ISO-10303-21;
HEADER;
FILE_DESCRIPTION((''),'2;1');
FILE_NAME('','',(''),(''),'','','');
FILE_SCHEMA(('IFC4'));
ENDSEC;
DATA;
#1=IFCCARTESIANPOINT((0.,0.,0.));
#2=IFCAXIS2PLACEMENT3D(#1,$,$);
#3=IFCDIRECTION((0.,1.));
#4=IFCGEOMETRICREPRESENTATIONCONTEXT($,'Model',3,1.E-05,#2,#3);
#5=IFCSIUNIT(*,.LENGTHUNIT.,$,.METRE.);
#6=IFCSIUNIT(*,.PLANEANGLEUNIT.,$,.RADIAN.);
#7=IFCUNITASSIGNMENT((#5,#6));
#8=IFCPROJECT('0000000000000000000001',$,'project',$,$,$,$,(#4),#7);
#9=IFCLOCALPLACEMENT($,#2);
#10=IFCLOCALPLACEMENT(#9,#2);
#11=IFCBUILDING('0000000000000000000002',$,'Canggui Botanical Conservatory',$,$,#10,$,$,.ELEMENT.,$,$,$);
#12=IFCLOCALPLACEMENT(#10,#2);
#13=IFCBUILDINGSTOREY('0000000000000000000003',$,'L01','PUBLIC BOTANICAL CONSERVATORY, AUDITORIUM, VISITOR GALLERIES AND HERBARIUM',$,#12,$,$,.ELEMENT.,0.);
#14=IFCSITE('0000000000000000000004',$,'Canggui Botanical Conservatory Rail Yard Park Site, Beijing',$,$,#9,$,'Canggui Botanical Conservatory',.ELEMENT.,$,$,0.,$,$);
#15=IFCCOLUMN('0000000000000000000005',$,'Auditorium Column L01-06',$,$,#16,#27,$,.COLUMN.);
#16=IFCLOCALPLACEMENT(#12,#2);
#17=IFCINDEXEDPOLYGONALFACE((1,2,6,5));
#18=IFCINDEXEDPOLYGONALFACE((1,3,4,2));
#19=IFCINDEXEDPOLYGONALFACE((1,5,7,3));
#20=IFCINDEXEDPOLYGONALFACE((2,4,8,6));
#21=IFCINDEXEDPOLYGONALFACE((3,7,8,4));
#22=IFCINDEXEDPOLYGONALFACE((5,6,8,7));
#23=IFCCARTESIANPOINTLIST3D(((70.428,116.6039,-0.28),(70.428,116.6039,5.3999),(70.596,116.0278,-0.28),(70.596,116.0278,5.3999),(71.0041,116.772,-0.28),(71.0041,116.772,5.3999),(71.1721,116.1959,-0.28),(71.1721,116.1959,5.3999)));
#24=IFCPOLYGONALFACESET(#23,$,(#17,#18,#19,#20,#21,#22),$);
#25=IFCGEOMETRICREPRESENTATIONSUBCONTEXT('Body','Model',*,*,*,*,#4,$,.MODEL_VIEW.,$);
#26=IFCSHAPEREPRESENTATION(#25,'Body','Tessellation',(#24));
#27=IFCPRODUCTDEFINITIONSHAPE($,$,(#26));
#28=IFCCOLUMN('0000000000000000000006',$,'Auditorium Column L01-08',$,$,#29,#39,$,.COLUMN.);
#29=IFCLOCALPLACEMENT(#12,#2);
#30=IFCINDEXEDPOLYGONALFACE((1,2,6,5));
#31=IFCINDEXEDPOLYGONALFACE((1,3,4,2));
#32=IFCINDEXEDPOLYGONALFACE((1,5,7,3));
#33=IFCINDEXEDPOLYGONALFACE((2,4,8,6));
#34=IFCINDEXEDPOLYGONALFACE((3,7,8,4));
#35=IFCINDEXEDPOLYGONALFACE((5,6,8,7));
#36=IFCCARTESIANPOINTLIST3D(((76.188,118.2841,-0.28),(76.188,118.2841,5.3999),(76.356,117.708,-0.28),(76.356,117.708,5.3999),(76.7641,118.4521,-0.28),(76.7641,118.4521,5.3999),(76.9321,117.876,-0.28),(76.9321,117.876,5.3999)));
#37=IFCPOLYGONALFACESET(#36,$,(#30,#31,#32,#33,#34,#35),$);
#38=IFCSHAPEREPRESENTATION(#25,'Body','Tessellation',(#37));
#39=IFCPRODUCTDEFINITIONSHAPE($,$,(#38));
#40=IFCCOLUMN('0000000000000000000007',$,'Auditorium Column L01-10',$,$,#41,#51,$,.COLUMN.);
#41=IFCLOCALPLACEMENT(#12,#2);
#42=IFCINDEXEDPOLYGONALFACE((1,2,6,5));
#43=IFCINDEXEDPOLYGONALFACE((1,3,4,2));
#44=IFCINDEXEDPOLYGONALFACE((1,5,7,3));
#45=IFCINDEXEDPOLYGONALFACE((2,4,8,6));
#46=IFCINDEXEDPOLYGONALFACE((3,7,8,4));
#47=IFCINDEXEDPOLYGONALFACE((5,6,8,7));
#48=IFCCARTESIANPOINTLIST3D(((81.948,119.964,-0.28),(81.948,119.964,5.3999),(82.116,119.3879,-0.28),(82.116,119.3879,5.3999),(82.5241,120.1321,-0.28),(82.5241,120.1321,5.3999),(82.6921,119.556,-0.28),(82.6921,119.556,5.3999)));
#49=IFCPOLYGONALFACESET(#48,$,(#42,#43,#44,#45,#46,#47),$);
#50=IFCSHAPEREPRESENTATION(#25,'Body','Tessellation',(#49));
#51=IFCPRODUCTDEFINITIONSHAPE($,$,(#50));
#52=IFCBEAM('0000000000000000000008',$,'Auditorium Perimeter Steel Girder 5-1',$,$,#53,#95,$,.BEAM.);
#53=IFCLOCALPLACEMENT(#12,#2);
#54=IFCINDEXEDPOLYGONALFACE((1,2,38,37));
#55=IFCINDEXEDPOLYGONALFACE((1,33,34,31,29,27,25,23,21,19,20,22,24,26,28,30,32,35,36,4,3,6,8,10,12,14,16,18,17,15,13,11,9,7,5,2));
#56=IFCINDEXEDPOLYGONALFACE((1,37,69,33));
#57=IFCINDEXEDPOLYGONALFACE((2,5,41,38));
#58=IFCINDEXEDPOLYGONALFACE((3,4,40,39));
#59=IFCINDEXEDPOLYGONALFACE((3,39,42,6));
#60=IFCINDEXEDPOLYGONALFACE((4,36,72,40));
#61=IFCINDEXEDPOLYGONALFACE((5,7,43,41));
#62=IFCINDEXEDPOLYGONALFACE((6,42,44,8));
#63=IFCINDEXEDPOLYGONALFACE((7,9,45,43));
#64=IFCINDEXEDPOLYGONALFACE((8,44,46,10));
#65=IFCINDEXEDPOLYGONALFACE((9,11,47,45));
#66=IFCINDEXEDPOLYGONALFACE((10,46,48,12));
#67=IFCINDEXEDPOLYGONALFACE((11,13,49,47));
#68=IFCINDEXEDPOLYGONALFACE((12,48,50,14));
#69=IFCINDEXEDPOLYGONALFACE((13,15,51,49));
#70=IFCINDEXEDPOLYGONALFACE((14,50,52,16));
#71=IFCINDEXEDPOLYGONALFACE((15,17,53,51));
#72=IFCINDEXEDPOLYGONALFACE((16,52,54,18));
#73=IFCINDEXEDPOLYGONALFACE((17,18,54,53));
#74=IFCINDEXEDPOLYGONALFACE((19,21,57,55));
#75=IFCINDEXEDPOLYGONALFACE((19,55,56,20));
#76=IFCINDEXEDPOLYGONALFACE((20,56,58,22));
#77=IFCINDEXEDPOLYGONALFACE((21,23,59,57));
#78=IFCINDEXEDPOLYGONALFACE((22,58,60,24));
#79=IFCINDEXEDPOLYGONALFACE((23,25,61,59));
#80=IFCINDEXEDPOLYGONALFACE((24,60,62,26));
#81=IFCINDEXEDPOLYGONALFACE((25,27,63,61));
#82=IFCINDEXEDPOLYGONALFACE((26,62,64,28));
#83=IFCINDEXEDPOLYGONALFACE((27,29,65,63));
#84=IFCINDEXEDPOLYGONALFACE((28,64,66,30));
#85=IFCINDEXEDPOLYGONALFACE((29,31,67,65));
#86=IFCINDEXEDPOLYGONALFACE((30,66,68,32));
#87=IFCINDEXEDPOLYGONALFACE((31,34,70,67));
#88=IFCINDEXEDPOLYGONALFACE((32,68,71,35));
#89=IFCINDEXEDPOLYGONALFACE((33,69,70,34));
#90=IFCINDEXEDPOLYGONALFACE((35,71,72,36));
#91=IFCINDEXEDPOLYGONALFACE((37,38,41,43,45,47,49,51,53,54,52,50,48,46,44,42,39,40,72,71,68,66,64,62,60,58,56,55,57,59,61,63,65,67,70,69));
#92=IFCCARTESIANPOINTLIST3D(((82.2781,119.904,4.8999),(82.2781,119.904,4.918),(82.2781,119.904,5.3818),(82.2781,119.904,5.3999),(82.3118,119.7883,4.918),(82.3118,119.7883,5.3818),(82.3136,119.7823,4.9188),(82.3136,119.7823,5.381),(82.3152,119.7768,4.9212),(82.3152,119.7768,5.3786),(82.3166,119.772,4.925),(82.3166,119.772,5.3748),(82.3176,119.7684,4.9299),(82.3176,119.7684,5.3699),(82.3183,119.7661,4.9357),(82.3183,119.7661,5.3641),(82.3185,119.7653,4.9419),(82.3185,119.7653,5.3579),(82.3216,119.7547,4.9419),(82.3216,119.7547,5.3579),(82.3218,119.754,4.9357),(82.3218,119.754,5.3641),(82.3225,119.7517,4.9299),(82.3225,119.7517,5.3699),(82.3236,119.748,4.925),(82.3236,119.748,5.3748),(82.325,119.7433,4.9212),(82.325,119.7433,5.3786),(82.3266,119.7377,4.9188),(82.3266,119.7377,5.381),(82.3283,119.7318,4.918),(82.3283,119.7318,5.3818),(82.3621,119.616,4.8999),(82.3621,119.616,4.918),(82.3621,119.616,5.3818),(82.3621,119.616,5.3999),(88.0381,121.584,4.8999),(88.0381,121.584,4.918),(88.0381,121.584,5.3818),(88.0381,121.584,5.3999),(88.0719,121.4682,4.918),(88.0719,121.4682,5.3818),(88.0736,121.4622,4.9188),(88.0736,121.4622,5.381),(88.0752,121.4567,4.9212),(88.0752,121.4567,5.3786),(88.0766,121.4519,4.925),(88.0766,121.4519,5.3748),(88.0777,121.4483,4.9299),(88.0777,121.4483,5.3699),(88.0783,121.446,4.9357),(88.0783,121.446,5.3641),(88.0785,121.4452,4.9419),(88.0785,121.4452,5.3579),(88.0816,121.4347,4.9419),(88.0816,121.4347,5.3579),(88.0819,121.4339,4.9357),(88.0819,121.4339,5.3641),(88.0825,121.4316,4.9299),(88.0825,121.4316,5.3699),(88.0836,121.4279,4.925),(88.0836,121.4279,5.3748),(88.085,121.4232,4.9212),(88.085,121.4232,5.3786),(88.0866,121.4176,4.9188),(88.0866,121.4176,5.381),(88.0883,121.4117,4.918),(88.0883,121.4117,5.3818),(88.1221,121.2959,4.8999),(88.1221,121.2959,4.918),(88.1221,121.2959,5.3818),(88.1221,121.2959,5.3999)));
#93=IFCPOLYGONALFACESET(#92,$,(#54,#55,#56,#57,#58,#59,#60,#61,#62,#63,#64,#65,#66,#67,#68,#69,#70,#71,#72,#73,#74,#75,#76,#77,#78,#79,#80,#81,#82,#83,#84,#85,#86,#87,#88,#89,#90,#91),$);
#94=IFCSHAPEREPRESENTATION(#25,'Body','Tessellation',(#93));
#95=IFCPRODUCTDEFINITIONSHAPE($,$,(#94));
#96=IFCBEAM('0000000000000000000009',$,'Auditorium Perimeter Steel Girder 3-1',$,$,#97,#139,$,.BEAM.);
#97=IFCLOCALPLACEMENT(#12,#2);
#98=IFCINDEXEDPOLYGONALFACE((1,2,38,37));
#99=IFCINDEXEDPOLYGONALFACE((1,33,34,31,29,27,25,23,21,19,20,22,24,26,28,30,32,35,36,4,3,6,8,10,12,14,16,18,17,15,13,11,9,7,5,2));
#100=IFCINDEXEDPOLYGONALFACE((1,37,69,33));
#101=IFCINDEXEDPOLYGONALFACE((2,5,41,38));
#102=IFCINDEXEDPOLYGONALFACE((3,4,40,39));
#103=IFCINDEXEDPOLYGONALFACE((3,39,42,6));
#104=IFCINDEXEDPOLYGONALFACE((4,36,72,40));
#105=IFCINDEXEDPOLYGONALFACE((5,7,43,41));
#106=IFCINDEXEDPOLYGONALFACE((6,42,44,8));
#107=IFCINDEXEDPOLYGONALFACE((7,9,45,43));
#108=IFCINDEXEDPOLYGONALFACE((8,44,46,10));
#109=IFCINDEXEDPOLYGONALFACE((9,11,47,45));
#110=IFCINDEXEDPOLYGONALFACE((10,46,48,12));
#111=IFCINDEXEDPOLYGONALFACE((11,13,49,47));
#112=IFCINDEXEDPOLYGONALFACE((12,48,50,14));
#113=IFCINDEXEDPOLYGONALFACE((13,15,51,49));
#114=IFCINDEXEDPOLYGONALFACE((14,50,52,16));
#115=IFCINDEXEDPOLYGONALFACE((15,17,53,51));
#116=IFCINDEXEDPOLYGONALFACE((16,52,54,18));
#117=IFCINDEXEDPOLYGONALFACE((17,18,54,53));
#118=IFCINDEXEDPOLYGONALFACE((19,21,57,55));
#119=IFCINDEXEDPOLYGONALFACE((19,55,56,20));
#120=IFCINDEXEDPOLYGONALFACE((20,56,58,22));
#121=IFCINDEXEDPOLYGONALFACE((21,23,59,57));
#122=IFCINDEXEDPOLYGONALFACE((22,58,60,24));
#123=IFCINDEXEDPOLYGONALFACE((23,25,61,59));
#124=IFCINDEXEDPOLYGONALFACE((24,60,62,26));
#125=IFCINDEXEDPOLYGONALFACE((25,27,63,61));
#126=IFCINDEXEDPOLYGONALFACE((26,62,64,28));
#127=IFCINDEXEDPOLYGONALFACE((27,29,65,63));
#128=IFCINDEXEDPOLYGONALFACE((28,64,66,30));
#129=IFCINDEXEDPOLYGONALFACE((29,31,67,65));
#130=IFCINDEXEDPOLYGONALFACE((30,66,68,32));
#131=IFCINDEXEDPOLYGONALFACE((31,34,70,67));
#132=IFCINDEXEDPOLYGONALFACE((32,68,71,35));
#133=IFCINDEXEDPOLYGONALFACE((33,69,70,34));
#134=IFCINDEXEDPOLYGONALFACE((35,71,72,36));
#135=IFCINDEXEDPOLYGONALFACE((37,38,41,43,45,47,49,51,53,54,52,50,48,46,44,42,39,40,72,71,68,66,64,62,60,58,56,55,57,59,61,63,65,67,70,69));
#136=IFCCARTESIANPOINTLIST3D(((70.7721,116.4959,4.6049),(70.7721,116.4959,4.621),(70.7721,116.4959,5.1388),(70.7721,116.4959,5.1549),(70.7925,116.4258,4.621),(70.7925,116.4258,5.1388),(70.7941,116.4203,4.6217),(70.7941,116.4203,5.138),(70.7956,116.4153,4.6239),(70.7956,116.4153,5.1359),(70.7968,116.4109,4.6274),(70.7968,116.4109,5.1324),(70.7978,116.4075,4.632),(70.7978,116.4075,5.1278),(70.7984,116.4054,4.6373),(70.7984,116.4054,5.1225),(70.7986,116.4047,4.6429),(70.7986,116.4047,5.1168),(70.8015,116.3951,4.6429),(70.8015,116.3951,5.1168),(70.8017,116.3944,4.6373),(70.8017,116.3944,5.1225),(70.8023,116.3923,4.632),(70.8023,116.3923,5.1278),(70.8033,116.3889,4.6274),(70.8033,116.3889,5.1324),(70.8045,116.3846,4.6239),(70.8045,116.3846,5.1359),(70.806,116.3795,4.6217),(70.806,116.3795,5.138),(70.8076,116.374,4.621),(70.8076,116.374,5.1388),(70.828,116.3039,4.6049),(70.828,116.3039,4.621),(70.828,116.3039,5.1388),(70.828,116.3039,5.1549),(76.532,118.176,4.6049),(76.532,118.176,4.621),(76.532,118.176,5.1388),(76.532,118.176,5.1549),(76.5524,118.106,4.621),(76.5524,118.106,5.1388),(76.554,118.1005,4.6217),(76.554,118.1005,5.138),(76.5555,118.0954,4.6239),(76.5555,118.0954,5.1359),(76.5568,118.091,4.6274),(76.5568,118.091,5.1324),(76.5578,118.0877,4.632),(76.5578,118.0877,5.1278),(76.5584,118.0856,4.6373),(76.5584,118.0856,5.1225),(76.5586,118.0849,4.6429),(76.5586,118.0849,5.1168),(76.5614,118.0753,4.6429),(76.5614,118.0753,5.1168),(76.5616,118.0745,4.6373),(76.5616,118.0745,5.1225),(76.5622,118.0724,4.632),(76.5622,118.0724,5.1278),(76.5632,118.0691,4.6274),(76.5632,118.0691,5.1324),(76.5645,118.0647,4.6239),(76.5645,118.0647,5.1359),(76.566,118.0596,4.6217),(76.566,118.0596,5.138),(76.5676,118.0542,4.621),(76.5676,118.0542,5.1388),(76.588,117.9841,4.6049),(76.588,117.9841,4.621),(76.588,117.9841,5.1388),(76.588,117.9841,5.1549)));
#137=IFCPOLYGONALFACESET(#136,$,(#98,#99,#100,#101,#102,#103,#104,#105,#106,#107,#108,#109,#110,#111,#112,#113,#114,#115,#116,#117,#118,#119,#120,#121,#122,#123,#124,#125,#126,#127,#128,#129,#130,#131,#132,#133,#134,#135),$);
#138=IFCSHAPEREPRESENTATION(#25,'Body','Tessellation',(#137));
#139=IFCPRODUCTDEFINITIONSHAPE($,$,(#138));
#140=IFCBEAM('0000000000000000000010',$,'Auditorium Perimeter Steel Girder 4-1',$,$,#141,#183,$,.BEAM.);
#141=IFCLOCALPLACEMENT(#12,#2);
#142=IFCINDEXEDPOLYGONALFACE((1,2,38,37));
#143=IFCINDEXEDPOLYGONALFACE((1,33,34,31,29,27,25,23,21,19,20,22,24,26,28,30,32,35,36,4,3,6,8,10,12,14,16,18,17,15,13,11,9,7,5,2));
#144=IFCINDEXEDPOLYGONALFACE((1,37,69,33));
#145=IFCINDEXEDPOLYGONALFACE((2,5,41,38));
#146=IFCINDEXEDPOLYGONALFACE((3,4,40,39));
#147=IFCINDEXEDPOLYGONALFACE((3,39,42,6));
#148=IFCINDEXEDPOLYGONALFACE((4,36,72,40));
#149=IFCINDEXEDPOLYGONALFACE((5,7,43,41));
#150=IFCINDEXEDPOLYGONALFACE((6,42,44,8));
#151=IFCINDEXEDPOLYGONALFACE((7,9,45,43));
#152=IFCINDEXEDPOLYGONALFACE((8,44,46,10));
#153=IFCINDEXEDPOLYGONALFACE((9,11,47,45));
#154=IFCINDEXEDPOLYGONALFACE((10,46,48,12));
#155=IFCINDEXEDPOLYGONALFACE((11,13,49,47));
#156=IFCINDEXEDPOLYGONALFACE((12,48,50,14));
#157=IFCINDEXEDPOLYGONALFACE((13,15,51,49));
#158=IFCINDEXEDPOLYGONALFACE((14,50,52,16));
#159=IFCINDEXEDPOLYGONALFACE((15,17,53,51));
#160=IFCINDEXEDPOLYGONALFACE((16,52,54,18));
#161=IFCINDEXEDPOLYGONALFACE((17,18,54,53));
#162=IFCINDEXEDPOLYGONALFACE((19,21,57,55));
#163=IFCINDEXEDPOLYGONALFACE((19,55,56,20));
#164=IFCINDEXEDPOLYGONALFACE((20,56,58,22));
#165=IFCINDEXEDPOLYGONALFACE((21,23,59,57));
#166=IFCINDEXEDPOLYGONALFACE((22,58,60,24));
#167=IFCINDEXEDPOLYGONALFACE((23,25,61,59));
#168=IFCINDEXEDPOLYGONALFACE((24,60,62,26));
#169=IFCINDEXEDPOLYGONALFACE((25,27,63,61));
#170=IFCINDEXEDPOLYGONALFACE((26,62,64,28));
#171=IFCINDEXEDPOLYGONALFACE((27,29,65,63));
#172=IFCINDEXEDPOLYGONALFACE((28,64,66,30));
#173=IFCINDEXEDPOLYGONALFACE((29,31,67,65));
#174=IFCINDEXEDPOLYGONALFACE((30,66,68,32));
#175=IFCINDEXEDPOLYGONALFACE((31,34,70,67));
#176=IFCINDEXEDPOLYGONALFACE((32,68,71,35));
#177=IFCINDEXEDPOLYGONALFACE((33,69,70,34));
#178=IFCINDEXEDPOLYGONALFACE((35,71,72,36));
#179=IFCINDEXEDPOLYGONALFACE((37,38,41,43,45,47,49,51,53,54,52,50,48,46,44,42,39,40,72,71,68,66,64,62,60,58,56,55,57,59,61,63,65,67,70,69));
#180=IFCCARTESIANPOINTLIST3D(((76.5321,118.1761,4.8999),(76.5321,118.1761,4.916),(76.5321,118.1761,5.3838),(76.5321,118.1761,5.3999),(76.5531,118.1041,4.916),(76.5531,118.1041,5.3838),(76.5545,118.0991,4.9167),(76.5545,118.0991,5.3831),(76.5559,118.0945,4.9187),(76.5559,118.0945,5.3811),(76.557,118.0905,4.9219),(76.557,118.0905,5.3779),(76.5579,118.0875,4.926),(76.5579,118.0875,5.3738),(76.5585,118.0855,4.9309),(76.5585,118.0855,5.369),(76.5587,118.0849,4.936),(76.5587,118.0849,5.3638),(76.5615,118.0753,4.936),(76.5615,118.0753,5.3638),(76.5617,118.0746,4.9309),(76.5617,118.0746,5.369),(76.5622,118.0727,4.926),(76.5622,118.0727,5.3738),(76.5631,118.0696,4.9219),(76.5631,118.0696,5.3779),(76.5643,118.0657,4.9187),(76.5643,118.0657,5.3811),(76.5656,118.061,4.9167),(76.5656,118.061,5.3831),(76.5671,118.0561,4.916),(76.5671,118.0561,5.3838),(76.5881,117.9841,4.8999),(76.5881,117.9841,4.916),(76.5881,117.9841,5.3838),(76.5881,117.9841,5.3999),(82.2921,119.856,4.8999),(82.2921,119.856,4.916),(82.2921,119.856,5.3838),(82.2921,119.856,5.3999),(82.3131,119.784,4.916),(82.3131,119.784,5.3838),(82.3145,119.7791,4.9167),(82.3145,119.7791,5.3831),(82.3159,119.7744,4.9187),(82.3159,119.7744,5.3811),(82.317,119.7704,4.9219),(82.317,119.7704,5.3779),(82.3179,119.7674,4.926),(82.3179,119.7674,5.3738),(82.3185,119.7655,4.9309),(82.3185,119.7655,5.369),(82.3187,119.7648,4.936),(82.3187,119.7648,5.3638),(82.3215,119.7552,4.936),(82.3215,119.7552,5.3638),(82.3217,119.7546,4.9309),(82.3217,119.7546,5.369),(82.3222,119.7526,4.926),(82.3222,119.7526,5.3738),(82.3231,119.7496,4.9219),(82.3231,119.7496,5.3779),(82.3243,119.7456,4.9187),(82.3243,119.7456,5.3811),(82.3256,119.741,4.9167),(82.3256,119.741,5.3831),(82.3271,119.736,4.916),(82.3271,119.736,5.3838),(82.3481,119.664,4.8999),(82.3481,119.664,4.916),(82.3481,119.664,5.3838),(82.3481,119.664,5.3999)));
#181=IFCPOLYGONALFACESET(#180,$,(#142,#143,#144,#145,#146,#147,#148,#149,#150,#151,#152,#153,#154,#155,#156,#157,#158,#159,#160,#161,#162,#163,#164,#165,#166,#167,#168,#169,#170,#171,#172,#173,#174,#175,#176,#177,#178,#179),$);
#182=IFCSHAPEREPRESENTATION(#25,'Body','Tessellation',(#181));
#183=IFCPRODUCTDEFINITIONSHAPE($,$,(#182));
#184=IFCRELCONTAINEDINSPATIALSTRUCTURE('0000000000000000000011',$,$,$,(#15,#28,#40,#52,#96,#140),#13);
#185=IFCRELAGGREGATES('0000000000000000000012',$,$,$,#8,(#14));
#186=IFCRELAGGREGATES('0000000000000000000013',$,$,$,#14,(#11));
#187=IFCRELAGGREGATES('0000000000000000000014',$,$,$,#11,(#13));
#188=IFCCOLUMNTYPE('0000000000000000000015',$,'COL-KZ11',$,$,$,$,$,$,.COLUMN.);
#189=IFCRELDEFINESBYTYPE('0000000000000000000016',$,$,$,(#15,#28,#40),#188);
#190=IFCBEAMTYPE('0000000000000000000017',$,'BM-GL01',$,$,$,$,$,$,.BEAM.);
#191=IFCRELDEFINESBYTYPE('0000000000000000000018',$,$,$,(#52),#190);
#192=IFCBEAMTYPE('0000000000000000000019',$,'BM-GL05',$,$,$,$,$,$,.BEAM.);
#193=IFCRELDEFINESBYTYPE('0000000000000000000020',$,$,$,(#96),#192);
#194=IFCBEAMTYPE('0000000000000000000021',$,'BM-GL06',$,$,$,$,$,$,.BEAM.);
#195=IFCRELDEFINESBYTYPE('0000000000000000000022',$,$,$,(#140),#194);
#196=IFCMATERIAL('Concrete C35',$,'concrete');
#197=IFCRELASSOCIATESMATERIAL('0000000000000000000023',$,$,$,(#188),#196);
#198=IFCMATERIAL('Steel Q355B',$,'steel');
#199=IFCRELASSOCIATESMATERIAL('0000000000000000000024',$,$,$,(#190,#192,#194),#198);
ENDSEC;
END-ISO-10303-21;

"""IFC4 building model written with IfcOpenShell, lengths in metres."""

from ifc_helpers import new_model, si_unit, direction, frame, origin, origin_2d, place, context, subcontext, project, spatial, rectangle, i_section, extrude, material, material_profile, profile_set, type_object, element, save


model = new_model("IFC4")

# Units and contexts
model_context = context("Model", 3, precision=1e-05, world=origin(), true_north=direction((0.0, 1.0)))
body_context = subcontext(model_context, "Body", "Model", "MODEL_VIEW")
ifc_project = project(units=[si_unit("LENGTHUNIT", "METRE"), si_unit("PLANEANGLEUNIT", "RADIAN")], contexts=[model_context])

# Site, building, storey
site_placement = place(None, origin())
site = spatial("IfcSite", under=ifc_project, at=site_placement, Name="Canggui Botanical Conservatory Rail Yard Park Site, Beijing", LongName="Canggui Botanical Conservatory", CompositionType="ELEMENT", RefElevation=0.0)
building_placement = place(site_placement, origin())
building = spatial("IfcBuilding", under=site, at=building_placement, Name="Canggui Botanical Conservatory", CompositionType="ELEMENT")
storey_placement = place(building_placement, origin())
storey = spatial("IfcBuildingStorey", under=building, at=storey_placement, Name="L01", Description="PUBLIC BOTANICAL CONSERVATORY, AUDITORIUM, VISITOR GALLERIES AND HERBARIUM", CompositionType="ELEMENT", Elevation=0.0)

# Shared definitions
ifc_material_1 = material(Name="Concrete C35", Category="concrete")

# Columns
ifc_material_profile_1 = material_profile(ifc_material_1, rectangle(XDim=0.6001, YDim=0.6001, at=origin_2d()), Name="RC 600x600")
ifc_profile_set_1 = profile_set([ifc_material_profile_1], Name="Concrete C35")
column_type = type_object("IfcColumnType", Name="COL-KZ11", PredefinedType="COLUMN", material=ifc_profile_set_1)
for number, where, z_axis, x_axis, name in (
    (1, (70.8, 116.3999, -0.28), (0.0, 0.0, 1.0), (0.96, 0.28, 0.0), "Auditorium Column L01-06"),
    (2, (76.5601, 118.0801, -0.28), (0.0, 0.0, 1.0), (0.96, 0.28, 0.0), "Auditorium Column L01-08"),
    (3, (82.3201, 119.76, -0.28), (0.0, 0.0, 1.0), (0.96, 0.28, 0.0), "Auditorium Column L01-10"),
):
    element("IfcColumn", number, at=place(storey_placement, frame(where, z_axis=z_axis, x_axis=x_axis)), inside=storey, type_object=column_type, Name=name, PredefinedType="COLUMN", context=body_context, shape_type="SweptSolid", body=[
        extrude(rectangle(XDim=0.6001, YDim=0.6001, at=origin_2d()), origin(), (0.0, 0.0, 1.0), 5.6799),
    ])

# Beams
ifc_material_2 = material(Name="Steel Q355B", Category="steel")
ifc_material_profile_2 = material_profile(ifc_material_2, i_section(OverallWidth=0.3, OverallDepth=0.5, WebThickness=0.011, FlangeThickness=0.0181, FilletRadius=0.0239, at=origin_2d()), Name="HM 500x300x11x18")
ifc_profile_set_2 = profile_set([ifc_material_profile_2], Name="Steel Q355B")
beam_type_1 = type_object("IfcBeamType", Name="BM-GL01", PredefinedType="BEAM", material=ifc_profile_set_2)
beam_1_placement = place(storey_placement, frame((82.3201, 119.76, 5.1499), z_axis=(0.960003, 0.279989, 0.0), x_axis=(-0.279989, 0.960003, 0.0)))
element("IfcBeam", 4, at=beam_1_placement, inside=storey, type_object=beam_type_1, Name="Auditorium Perimeter Steel Girder 5-1", PredefinedType="BEAM", context=body_context, shape_type="SweptSolid", body=[
    extrude(i_section(OverallWidth=0.3, OverallDepth=0.5, WebThickness=0.011, FlangeThickness=0.0181, FilletRadius=0.0239, at=origin_2d()), origin(), (0.0, 0.0, 1.0), 6.0),
])
ifc_material_profile_3 = material_profile(ifc_material_2, i_section(OverallWidth=0.2, OverallDepth=0.55, WebThickness=0.01, FlangeThickness=0.0161, FilletRadius=0.022, at=origin_2d()), Name="HN 550x200x10x16")
ifc_profile_set_3 = profile_set([ifc_material_profile_3], Name="Steel Q355B")
beam_type_2 = type_object("IfcBeamType", Name="BM-GL05", PredefinedType="BEAM", material=ifc_profile_set_3)
beam_2_placement = place(storey_placement, frame((70.8, 116.3999, 4.8799), z_axis=(0.959992, 0.280027, 0.0), x_axis=(-0.280027, 0.959992, 0.0)))
element("IfcBeam", 5, at=beam_2_placement, inside=storey, type_object=beam_type_2, Name="Auditorium Perimeter Steel Girder 3-1", PredefinedType="BEAM", context=body_context, shape_type="SweptSolid", body=[
    extrude(i_section(OverallWidth=0.2, OverallDepth=0.55, WebThickness=0.01, FlangeThickness=0.0161, FilletRadius=0.022, at=origin_2d()), origin(), (0.0, 0.0, 1.0), 6.0),
])
ifc_material_profile_4 = material_profile(ifc_material_2, i_section(OverallWidth=0.2, OverallDepth=0.5, WebThickness=0.01, FlangeThickness=0.0161, FilletRadius=0.02, at=origin_2d()), Name="HN 500x200x10x16")
ifc_profile_set_4 = profile_set([ifc_material_profile_4], Name="Steel Q355B")
beam_type_3 = type_object("IfcBeamType", Name="BM-GL06", PredefinedType="BEAM", material=ifc_profile_set_4)
beam_3_placement = place(storey_placement, frame((76.5601, 118.0801, 5.1499), z_axis=(0.960003, 0.279989, 0.0), x_axis=(-0.279989, 0.960003, 0.0)))
element("IfcBeam", 6, at=beam_3_placement, inside=storey, type_object=beam_type_3, Name="Auditorium Perimeter Steel Girder 4-1", PredefinedType="BEAM", context=body_context, shape_type="SweptSolid", body=[
    extrude(i_section(OverallWidth=0.2, OverallDepth=0.5, WebThickness=0.01, FlangeThickness=0.0161, FilletRadius=0.02, at=origin_2d()), origin(), (0.0, 0.0, 1.0), 6.0),
])

save(model, "model.ifc")
